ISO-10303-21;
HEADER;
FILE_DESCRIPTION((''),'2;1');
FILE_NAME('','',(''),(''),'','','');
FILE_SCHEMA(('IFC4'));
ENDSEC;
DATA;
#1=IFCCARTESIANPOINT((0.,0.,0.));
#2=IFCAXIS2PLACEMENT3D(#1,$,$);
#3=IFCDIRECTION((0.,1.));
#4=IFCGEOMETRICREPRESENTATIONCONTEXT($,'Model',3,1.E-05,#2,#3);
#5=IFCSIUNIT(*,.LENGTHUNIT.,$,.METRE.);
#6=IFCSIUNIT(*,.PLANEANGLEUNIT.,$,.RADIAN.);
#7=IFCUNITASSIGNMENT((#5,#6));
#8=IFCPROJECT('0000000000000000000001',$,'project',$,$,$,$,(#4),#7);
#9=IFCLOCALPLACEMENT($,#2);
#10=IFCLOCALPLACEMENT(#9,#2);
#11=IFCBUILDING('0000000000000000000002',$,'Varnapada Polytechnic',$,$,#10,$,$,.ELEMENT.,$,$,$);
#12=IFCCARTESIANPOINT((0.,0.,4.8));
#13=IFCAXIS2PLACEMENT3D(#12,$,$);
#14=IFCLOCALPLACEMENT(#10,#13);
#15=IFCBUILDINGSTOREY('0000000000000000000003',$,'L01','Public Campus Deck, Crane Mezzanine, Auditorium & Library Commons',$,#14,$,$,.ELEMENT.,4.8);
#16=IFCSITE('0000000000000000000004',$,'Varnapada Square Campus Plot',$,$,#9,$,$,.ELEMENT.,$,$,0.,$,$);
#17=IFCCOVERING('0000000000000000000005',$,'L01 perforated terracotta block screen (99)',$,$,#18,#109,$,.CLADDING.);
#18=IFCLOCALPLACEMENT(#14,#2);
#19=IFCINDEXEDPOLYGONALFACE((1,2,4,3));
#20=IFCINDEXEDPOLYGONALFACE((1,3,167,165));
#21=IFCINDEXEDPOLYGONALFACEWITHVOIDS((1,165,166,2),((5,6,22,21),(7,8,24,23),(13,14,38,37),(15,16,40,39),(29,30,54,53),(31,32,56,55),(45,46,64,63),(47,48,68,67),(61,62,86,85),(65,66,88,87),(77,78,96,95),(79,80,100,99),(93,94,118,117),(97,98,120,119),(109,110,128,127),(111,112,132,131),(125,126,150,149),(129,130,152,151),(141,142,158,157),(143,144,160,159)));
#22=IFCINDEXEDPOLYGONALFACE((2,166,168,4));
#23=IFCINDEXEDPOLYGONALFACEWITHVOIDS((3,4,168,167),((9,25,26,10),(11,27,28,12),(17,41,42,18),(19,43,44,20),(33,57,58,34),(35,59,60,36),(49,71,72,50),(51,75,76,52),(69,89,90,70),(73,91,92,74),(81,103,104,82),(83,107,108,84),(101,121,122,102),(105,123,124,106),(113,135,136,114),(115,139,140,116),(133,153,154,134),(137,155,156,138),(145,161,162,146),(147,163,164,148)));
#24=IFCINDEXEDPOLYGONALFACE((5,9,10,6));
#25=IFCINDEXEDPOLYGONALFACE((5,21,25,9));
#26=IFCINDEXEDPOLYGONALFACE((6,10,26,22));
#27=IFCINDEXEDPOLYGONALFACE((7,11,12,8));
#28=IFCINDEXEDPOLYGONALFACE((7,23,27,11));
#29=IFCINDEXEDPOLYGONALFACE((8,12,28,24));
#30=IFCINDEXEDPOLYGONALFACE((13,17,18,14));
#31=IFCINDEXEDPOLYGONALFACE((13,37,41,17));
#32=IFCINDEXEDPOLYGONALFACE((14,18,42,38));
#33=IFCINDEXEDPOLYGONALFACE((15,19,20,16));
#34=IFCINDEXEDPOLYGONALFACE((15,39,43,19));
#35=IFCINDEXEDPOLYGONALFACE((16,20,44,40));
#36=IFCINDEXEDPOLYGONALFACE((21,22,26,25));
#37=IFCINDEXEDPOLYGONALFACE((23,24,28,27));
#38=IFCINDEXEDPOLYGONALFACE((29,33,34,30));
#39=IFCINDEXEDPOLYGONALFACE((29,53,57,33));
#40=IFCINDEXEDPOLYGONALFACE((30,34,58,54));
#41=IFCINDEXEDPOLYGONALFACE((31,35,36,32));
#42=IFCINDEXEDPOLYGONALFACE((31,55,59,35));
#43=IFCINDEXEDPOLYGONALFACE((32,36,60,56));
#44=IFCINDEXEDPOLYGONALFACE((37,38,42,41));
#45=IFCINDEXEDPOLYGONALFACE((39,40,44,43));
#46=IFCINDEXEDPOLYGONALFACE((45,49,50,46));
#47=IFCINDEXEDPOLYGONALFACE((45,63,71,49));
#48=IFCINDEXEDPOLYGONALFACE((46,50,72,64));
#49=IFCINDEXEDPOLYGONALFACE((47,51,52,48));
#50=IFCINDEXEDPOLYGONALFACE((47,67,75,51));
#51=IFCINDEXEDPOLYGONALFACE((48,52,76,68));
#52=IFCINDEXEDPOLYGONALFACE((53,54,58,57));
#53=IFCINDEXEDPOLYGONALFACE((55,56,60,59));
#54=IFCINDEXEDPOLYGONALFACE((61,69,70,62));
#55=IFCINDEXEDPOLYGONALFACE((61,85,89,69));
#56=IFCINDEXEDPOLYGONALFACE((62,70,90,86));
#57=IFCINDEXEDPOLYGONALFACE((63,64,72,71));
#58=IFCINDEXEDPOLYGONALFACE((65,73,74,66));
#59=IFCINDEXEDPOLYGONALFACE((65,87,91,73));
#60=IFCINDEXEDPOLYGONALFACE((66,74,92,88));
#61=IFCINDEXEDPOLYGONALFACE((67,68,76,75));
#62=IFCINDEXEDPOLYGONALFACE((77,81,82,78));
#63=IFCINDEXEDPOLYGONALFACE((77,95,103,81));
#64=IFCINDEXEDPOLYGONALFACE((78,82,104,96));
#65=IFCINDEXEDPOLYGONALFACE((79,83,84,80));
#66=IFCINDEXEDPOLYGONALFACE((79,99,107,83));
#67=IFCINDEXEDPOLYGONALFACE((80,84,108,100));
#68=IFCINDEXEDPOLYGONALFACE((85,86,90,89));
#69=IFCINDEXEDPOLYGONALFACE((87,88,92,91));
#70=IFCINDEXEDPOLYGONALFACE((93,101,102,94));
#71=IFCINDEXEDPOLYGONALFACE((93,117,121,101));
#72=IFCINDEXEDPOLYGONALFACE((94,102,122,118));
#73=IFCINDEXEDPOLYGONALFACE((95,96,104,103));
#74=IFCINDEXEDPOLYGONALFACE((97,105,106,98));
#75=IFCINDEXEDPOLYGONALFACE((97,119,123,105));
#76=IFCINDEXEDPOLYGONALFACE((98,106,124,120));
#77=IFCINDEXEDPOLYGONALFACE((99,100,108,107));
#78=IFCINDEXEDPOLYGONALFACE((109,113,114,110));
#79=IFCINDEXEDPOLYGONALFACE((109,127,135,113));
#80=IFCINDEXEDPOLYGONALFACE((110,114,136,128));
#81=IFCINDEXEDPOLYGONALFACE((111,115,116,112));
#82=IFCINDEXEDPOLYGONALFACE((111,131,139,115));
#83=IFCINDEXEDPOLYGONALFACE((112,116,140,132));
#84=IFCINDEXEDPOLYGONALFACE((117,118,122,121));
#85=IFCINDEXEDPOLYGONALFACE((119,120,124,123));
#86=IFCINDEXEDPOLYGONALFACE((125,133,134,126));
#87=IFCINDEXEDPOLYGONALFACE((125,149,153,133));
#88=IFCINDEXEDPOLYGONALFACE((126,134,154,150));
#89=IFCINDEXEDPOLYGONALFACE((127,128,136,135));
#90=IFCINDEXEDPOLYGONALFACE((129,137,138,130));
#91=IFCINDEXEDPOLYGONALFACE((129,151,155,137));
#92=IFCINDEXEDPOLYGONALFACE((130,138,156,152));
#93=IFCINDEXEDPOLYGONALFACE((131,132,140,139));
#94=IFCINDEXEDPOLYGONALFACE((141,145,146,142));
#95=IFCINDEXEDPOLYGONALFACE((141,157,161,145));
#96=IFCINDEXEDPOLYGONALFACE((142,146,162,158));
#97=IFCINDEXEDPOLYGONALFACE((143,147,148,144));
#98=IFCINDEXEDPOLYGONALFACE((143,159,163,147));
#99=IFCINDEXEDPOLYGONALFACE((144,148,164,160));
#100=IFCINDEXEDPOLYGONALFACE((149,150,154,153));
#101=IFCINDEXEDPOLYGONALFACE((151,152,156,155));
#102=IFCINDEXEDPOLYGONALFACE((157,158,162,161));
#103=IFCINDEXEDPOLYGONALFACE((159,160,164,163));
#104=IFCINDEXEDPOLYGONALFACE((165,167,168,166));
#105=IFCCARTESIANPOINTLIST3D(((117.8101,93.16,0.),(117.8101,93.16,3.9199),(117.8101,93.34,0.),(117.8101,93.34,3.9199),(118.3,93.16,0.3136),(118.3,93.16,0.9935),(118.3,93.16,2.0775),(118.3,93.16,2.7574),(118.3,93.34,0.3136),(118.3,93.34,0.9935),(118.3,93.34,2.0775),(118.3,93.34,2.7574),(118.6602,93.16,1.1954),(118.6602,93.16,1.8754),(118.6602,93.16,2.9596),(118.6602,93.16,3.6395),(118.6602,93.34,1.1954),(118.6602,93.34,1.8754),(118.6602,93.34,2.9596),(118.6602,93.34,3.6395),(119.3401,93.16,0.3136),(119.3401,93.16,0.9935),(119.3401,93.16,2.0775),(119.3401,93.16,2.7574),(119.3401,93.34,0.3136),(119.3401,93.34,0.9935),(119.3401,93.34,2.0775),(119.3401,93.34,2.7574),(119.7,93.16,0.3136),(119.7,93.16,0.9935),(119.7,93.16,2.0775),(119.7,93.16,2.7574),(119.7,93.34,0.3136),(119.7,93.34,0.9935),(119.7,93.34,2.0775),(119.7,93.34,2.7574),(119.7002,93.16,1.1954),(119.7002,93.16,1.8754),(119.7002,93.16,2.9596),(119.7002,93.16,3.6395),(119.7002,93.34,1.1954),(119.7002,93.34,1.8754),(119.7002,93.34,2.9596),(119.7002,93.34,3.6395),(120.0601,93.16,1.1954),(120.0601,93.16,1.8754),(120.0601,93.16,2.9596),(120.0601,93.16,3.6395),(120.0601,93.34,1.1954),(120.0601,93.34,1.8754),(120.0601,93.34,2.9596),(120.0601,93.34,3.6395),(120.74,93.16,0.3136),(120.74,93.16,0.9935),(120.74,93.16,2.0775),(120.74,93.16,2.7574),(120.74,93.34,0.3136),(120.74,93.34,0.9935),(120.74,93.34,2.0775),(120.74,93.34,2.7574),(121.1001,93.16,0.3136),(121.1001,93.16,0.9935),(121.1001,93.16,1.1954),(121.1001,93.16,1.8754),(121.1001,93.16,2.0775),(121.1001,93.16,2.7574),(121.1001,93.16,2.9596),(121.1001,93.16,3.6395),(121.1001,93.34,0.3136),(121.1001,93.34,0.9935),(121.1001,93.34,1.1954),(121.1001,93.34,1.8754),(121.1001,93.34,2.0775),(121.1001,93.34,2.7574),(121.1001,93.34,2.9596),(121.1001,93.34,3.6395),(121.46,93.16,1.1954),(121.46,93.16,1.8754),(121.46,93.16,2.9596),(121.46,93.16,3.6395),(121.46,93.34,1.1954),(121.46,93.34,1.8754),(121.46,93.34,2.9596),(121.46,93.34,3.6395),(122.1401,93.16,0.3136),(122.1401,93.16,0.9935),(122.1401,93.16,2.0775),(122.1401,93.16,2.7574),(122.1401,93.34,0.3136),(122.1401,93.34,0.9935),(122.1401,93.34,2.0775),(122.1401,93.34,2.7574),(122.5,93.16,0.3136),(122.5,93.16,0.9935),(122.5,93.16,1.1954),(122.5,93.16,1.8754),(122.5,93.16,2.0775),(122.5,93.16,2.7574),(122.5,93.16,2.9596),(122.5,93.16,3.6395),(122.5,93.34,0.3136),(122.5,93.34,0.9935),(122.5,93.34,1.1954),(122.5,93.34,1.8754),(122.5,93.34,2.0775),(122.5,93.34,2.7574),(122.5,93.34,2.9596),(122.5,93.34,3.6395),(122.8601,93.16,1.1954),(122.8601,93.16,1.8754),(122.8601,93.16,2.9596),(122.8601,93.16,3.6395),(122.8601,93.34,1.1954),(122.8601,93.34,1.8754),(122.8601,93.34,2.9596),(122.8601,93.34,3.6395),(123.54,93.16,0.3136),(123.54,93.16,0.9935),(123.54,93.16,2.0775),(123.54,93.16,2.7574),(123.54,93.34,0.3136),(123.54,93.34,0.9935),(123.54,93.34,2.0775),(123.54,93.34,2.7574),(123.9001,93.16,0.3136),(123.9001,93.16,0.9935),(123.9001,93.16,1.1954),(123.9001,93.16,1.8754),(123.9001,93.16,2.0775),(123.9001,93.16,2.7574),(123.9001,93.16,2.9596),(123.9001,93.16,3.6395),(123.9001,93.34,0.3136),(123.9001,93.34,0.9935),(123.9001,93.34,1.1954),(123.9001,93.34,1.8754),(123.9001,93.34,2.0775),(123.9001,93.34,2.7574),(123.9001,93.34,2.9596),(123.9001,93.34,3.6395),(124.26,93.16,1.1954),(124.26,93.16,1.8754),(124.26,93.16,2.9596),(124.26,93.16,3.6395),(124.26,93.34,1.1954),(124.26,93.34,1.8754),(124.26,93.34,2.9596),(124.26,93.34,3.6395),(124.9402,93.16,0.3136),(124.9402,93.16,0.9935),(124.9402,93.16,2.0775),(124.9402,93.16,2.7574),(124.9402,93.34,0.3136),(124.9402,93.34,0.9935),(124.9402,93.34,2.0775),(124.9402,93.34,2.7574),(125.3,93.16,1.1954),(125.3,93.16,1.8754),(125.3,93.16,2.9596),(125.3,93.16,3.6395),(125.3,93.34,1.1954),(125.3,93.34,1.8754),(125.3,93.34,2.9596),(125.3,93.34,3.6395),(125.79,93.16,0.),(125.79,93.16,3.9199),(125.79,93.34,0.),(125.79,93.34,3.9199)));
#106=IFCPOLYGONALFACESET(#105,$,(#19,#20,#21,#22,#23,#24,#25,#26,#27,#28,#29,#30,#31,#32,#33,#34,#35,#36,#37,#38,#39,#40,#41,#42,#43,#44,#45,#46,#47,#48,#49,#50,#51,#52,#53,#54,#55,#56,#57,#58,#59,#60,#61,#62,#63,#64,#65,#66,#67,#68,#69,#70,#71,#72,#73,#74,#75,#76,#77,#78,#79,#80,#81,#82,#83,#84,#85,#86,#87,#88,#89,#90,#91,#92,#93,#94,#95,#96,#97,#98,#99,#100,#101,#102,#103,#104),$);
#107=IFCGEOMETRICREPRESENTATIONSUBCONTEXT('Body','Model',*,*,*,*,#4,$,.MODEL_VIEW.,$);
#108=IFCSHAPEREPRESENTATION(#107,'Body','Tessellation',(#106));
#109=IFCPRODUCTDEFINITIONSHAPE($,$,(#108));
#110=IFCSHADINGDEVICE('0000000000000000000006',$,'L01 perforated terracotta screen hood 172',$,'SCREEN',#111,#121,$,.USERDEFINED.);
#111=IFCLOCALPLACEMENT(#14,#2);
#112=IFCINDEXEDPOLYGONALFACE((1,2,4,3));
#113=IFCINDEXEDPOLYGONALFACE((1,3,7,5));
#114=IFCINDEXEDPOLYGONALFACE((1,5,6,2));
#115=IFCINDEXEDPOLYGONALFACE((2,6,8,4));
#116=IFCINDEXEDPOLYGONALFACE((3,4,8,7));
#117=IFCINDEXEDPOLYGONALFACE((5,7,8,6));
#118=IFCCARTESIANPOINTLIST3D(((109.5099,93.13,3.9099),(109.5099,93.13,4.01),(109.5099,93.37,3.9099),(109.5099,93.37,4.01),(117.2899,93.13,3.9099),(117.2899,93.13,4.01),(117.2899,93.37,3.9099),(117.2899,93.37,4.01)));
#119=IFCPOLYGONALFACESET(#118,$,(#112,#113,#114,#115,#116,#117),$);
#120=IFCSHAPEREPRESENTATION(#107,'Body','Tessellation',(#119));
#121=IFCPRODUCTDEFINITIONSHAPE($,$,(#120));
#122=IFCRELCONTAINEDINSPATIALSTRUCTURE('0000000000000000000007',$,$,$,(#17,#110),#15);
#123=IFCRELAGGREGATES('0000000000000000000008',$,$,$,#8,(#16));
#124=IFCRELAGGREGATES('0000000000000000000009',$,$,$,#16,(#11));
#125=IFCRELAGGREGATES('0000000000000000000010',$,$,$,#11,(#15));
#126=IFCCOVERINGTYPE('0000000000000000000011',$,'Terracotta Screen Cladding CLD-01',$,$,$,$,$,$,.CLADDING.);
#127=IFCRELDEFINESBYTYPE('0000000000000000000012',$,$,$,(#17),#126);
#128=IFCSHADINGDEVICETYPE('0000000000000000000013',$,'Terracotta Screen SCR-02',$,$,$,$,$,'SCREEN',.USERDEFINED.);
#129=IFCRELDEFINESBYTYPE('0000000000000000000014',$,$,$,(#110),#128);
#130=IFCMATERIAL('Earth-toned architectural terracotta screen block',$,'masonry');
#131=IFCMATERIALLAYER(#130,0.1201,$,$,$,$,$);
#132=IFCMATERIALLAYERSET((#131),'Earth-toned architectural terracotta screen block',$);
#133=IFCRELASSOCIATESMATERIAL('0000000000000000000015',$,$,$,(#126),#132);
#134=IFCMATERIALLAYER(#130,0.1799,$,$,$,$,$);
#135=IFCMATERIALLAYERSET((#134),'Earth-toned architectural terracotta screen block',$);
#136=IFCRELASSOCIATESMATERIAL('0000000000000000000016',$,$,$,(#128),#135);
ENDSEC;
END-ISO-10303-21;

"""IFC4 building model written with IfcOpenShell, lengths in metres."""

from ifc_helpers import new_model, si_unit, direction, frame, frame_2d, origin, origin_2d, place, context, subcontext, project, spatial, rectangle, extrude, material, layer, layer_set, type_object, element, save


model = new_model("IFC4")

# Units and contexts
model_context = context("Model", 3, precision=1e-05, world=origin(), true_north=direction((0.0, 1.0)))
body_context = subcontext(model_context, "Body", "Model", "MODEL_VIEW")
ifc_project = project(units=[si_unit("LENGTHUNIT", "METRE"), si_unit("PLANEANGLEUNIT", "RADIAN")], contexts=[model_context])

# Site, building, storey
site_placement = place(None, origin())
site = spatial("IfcSite", under=ifc_project, at=site_placement, Name="Varnapada Square Campus Plot", CompositionType="ELEMENT", RefElevation=0.0)
building_placement = place(site_placement, origin())
building = spatial("IfcBuilding", under=site, at=building_placement, Name="Varnapada Polytechnic", CompositionType="ELEMENT")
storey_placement = place(building_placement, frame((0.0, 0.0, 4.8)))
storey = spatial("IfcBuildingStorey", under=building, at=storey_placement, Name="L01", Description="Public Campus Deck, Crane Mezzanine, Auditorium & Library Commons", CompositionType="ELEMENT", Elevation=4.8)

# Covering, openings
ifc_material_1 = material(Name="Earth-toned architectural terracotta screen block", Category="masonry")
ifc_layer_1 = layer(ifc_material_1, 0.1201)
ifc_layer_set_1 = layer_set([ifc_layer_1], Name="Earth-toned architectural terracotta screen block")
covering_type = type_object("IfcCoveringType", Name="Terracotta Screen Cladding CLD-01", PredefinedType="CLADDING", material=ifc_layer_set_1)
covering_placement = place(storey_placement, frame((117.8101, 93.25, 0.0), z_axis=(0.0, 0.0, 1.0), x_axis=(1.0, 0.0, 0.0)))
covering = element("IfcCovering", 1, at=covering_placement, inside=storey, type_object=covering_type, Name="L01 perforated terracotta block screen (99)", PredefinedType="CLADDING", context=body_context, shape_type="SweptSolid", body=[
    extrude(rectangle(XDim=7.98, YDim=0.1799, at=frame_2d((3.99, 0.0))), origin(), (0.0, 0.0, 1.0), 3.9199),
])
opening_1_placement = place(covering_placement, frame((0.49, 0.0, 0.3137)))
element("IfcOpeningElement", 2, at=opening_1_placement, cuts=covering, PredefinedType="OPENING", context=body_context, shape_type="SweptSolid", body=[
    extrude(rectangle(XDim=1.04, YDim=0.6799, at=frame_2d((0.52, 0.3398))), frame((0.0, 0.0999, 0.0), z_axis=(0.0, -1.0, 0.0), x_axis=(1.0, 0.0, 0.0)), (0.0, 0.0, 1.0), 0.2),
])
opening_2_placement = place(covering_placement, frame((1.8899, 0.0, 0.3137)))
element("IfcOpeningElement", 3, at=opening_2_placement, cuts=covering, PredefinedType="OPENING", context=body_context, shape_type="SweptSolid", body=[
    extrude(rectangle(XDim=1.04, YDim=0.6799, at=frame_2d((0.52, 0.3398))), frame((0.0, 0.0999, 0.0), z_axis=(0.0, -1.0, 0.0), x_axis=(1.0, 0.0, 0.0)), (0.0, 0.0, 1.0), 0.2),
])
opening_3_placement = place(covering_placement, frame((3.29, 0.0, 0.3137)))
element("IfcOpeningElement", 4, at=opening_3_placement, cuts=covering, PredefinedType="OPENING", context=body_context, shape_type="SweptSolid", body=[
    extrude(rectangle(XDim=1.04, YDim=0.6799, at=frame_2d((0.52, 0.3398))), frame((0.0, 0.0999, 0.0), z_axis=(0.0, -1.0, 0.0), x_axis=(1.0, 0.0, 0.0)), (0.0, 0.0, 1.0), 0.2),
])
opening_4_placement = place(covering_placement, frame((4.6899, 0.0, 0.3137)))
element("IfcOpeningElement", 5, at=opening_4_placement, cuts=covering, PredefinedType="OPENING", context=body_context, shape_type="SweptSolid", body=[
    extrude(rectangle(XDim=1.04, YDim=0.6799, at=frame_2d((0.52, 0.3398))), frame((0.0, 0.0999, 0.0), z_axis=(0.0, -1.0, 0.0), x_axis=(1.0, 0.0, 0.0)), (0.0, 0.0, 1.0), 0.2),
])
opening_5_placement = place(covering_placement, frame((6.0901, 0.0, 0.3137)))
element("IfcOpeningElement", 6, at=opening_5_placement, cuts=covering, PredefinedType="OPENING", context=body_context, shape_type="SweptSolid", body=[
    extrude(rectangle(XDim=1.04, YDim=0.6799, at=frame_2d((0.52, 0.3398))), frame((0.0, 0.0999, 0.0), z_axis=(0.0, -1.0, 0.0), x_axis=(1.0, 0.0, 0.0)), (0.0, 0.0, 1.0), 0.2),
])
opening_6_placement = place(covering_placement, frame((0.8501, 0.0, 1.1956)))
element("IfcOpeningElement", 7, at=opening_6_placement, cuts=covering, PredefinedType="OPENING", context=body_context, shape_type="SweptSolid", body=[
    extrude(rectangle(XDim=1.04, YDim=0.6799, at=frame_2d((0.52, 0.3398))), frame((0.0, 0.0999, 0.0), z_axis=(0.0, -1.0, 0.0), x_axis=(1.0, 0.0, 0.0)), (0.0, 0.0, 1.0), 0.2),
])
opening_7_placement = place(covering_placement, frame((2.25, 0.0, 1.1956)))
element("IfcOpeningElement", 8, at=opening_7_placement, cuts=covering, PredefinedType="OPENING", context=body_context, shape_type="SweptSolid", body=[
    extrude(rectangle(XDim=1.04, YDim=0.6799, at=frame_2d((0.52, 0.3398))), frame((0.0, 0.0999, 0.0), z_axis=(0.0, -1.0, 0.0), x_axis=(1.0, 0.0, 0.0)), (0.0, 0.0, 1.0), 0.2),
])
opening_8_placement = place(covering_placement, frame((3.6499, 0.0, 1.1956)))
element("IfcOpeningElement", 9, at=opening_8_placement, cuts=covering, PredefinedType="OPENING", context=body_context, shape_type="SweptSolid", body=[
    extrude(rectangle(XDim=1.04, YDim=0.6799, at=frame_2d((0.52, 0.3398))), frame((0.0, 0.0999, 0.0), z_axis=(0.0, -1.0, 0.0), x_axis=(1.0, 0.0, 0.0)), (0.0, 0.0, 1.0), 0.2),
])
opening_9_placement = place(covering_placement, frame((5.05, 0.0, 1.1956)))
element("IfcOpeningElement", 10, at=opening_9_placement, cuts=covering, PredefinedType="OPENING", context=body_context, shape_type="SweptSolid", body=[
    extrude(rectangle(XDim=1.04, YDim=0.6799, at=frame_2d((0.52, 0.3398))), frame((0.0, 0.0999, 0.0), z_axis=(0.0, -1.0, 0.0), x_axis=(1.0, 0.0, 0.0)), (0.0, 0.0, 1.0), 0.2),
])
opening_10_placement = place(covering_placement, frame((6.45, 0.0, 1.1956)))
element("IfcOpeningElement", 11, at=opening_10_placement, cuts=covering, PredefinedType="OPENING", context=body_context, shape_type="SweptSolid", body=[
    extrude(rectangle(XDim=1.04, YDim=0.6799, at=frame_2d((0.52, 0.3398))), frame((0.0, 0.0999, 0.0), z_axis=(0.0, -1.0, 0.0), x_axis=(1.0, 0.0, 0.0)), (0.0, 0.0, 1.0), 0.2),
])
opening_11_placement = place(covering_placement, frame((0.49, 0.0, 2.0776)))
element("IfcOpeningElement", 12, at=opening_11_placement, cuts=covering, PredefinedType="OPENING", context=body_context, shape_type="SweptSolid", body=[
    extrude(rectangle(XDim=1.04, YDim=0.6799, at=frame_2d((0.52, 0.3398))), frame((0.0, 0.0999, 0.0), z_axis=(0.0, -1.0, 0.0), x_axis=(1.0, 0.0, 0.0)), (0.0, 0.0, 1.0), 0.2),
])
opening_12_placement = place(covering_placement, frame((1.8899, 0.0, 2.0776)))
element("IfcOpeningElement", 13, at=opening_12_placement, cuts=covering, PredefinedType="OPENING", context=body_context, shape_type="SweptSolid", body=[
    extrude(rectangle(XDim=1.04, YDim=0.6799, at=frame_2d((0.52, 0.3398))), frame((0.0, 0.0999, 0.0), z_axis=(0.0, -1.0, 0.0), x_axis=(1.0, 0.0, 0.0)), (0.0, 0.0, 1.0), 0.2),
])
opening_13_placement = place(covering_placement, frame((3.29, 0.0, 2.0776)))
element("IfcOpeningElement", 14, at=opening_13_placement, cuts=covering, PredefinedType="OPENING", context=body_context, shape_type="SweptSolid", body=[
    extrude(rectangle(XDim=1.04, YDim=0.6799, at=frame_2d((0.52, 0.3398))), frame((0.0, 0.0999, 0.0), z_axis=(0.0, -1.0, 0.0), x_axis=(1.0, 0.0, 0.0)), (0.0, 0.0, 1.0), 0.2),
])
opening_14_placement = place(covering_placement, frame((4.6899, 0.0, 2.0776)))
element("IfcOpeningElement", 15, at=opening_14_placement, cuts=covering, PredefinedType="OPENING", context=body_context, shape_type="SweptSolid", body=[
    extrude(rectangle(XDim=1.04, YDim=0.6799, at=frame_2d((0.52, 0.3398))), frame((0.0, 0.0999, 0.0), z_axis=(0.0, -1.0, 0.0), x_axis=(1.0, 0.0, 0.0)), (0.0, 0.0, 1.0), 0.2),
])
opening_15_placement = place(covering_placement, frame((6.0901, 0.0, 2.0776)))
element("IfcOpeningElement", 16, at=opening_15_placement, cuts=covering, PredefinedType="OPENING", context=body_context, shape_type="SweptSolid", body=[
    extrude(rectangle(XDim=1.04, YDim=0.6799, at=frame_2d((0.52, 0.3398))), frame((0.0, 0.0999, 0.0), z_axis=(0.0, -1.0, 0.0), x_axis=(1.0, 0.0, 0.0)), (0.0, 0.0, 1.0), 0.2),
])
opening_16_placement = place(covering_placement, frame((0.8501, 0.0, 2.9597)))
element("IfcOpeningElement", 17, at=opening_16_placement, cuts=covering, PredefinedType="OPENING", context=body_context, shape_type="SweptSolid", body=[
    extrude(rectangle(XDim=1.04, YDim=0.6799, at=frame_2d((0.52, 0.3398))), frame((0.0, 0.0999, 0.0), z_axis=(0.0, -1.0, 0.0), x_axis=(1.0, 0.0, 0.0)), (0.0, 0.0, 1.0), 0.2),
])
opening_17_placement = place(covering_placement, frame((2.25, 0.0, 2.9597)))
element("IfcOpeningElement", 18, at=opening_17_placement, cuts=covering, PredefinedType="OPENING", context=body_context, shape_type="SweptSolid", body=[
    extrude(rectangle(XDim=1.04, YDim=0.6799, at=frame_2d((0.52, 0.3398))), frame((0.0, 0.0999, 0.0), z_axis=(0.0, -1.0, 0.0), x_axis=(1.0, 0.0, 0.0)), (0.0, 0.0, 1.0), 0.2),
])
opening_18_placement = place(covering_placement, frame((3.6499, 0.0, 2.9597)))
element("IfcOpeningElement", 19, at=opening_18_placement, cuts=covering, PredefinedType="OPENING", context=body_context, shape_type="SweptSolid", body=[
    extrude(rectangle(XDim=1.04, YDim=0.6799, at=frame_2d((0.52, 0.3398))), frame((0.0, 0.0999, 0.0), z_axis=(0.0, -1.0, 0.0), x_axis=(1.0, 0.0, 0.0)), (0.0, 0.0, 1.0), 0.2),
])
opening_19_placement = place(covering_placement, frame((5.05, 0.0, 2.9597)))
element("IfcOpeningElement", 20, at=opening_19_placement, cuts=covering, PredefinedType="OPENING", context=body_context, shape_type="SweptSolid", body=[
    extrude(rectangle(XDim=1.04, YDim=0.6799, at=frame_2d((0.52, 0.3398))), frame((0.0, 0.0999, 0.0), z_axis=(0.0, -1.0, 0.0), x_axis=(1.0, 0.0, 0.0)), (0.0, 0.0, 1.0), 0.2),
])
opening_20_placement = place(covering_placement, frame((6.45, 0.0, 2.9597)))
element("IfcOpeningElement", 21, at=opening_20_placement, cuts=covering, PredefinedType="OPENING", context=body_context, shape_type="SweptSolid", body=[
    extrude(rectangle(XDim=1.04, YDim=0.6799, at=frame_2d((0.52, 0.3398))), frame((0.0, 0.0999, 0.0), z_axis=(0.0, -1.0, 0.0), x_axis=(1.0, 0.0, 0.0)), (0.0, 0.0, 1.0), 0.2),
])

# Shading device
ifc_layer_2 = layer(ifc_material_1, 0.1799)
ifc_layer_set_2 = layer_set([ifc_layer_2], Name="Earth-toned architectural terracotta screen block")
shading_device_type = type_object("IfcShadingDeviceType", Name="Terracotta Screen SCR-02", ElementType="SCREEN", PredefinedType="USERDEFINED", material=ifc_layer_set_2)
shading_device_placement = place(storey_placement, frame((113.3999, 93.25, 3.9099), z_axis=(0.0, 0.0, 1.0), x_axis=(1.0, 0.0, 0.0)))
element("IfcShadingDevice", 22, at=shading_device_placement, inside=storey, type_object=shading_device_type, Name="L01 perforated terracotta screen hood 172", ObjectType="SCREEN", PredefinedType="USERDEFINED", context=body_context, shape_type="SweptSolid", body=[
    extrude(rectangle(XDim=7.78, YDim=0.24, at=origin_2d()), origin(), (0.0, 0.0, 1.0), 0.1001),
])

save(model, "model.ifc")
